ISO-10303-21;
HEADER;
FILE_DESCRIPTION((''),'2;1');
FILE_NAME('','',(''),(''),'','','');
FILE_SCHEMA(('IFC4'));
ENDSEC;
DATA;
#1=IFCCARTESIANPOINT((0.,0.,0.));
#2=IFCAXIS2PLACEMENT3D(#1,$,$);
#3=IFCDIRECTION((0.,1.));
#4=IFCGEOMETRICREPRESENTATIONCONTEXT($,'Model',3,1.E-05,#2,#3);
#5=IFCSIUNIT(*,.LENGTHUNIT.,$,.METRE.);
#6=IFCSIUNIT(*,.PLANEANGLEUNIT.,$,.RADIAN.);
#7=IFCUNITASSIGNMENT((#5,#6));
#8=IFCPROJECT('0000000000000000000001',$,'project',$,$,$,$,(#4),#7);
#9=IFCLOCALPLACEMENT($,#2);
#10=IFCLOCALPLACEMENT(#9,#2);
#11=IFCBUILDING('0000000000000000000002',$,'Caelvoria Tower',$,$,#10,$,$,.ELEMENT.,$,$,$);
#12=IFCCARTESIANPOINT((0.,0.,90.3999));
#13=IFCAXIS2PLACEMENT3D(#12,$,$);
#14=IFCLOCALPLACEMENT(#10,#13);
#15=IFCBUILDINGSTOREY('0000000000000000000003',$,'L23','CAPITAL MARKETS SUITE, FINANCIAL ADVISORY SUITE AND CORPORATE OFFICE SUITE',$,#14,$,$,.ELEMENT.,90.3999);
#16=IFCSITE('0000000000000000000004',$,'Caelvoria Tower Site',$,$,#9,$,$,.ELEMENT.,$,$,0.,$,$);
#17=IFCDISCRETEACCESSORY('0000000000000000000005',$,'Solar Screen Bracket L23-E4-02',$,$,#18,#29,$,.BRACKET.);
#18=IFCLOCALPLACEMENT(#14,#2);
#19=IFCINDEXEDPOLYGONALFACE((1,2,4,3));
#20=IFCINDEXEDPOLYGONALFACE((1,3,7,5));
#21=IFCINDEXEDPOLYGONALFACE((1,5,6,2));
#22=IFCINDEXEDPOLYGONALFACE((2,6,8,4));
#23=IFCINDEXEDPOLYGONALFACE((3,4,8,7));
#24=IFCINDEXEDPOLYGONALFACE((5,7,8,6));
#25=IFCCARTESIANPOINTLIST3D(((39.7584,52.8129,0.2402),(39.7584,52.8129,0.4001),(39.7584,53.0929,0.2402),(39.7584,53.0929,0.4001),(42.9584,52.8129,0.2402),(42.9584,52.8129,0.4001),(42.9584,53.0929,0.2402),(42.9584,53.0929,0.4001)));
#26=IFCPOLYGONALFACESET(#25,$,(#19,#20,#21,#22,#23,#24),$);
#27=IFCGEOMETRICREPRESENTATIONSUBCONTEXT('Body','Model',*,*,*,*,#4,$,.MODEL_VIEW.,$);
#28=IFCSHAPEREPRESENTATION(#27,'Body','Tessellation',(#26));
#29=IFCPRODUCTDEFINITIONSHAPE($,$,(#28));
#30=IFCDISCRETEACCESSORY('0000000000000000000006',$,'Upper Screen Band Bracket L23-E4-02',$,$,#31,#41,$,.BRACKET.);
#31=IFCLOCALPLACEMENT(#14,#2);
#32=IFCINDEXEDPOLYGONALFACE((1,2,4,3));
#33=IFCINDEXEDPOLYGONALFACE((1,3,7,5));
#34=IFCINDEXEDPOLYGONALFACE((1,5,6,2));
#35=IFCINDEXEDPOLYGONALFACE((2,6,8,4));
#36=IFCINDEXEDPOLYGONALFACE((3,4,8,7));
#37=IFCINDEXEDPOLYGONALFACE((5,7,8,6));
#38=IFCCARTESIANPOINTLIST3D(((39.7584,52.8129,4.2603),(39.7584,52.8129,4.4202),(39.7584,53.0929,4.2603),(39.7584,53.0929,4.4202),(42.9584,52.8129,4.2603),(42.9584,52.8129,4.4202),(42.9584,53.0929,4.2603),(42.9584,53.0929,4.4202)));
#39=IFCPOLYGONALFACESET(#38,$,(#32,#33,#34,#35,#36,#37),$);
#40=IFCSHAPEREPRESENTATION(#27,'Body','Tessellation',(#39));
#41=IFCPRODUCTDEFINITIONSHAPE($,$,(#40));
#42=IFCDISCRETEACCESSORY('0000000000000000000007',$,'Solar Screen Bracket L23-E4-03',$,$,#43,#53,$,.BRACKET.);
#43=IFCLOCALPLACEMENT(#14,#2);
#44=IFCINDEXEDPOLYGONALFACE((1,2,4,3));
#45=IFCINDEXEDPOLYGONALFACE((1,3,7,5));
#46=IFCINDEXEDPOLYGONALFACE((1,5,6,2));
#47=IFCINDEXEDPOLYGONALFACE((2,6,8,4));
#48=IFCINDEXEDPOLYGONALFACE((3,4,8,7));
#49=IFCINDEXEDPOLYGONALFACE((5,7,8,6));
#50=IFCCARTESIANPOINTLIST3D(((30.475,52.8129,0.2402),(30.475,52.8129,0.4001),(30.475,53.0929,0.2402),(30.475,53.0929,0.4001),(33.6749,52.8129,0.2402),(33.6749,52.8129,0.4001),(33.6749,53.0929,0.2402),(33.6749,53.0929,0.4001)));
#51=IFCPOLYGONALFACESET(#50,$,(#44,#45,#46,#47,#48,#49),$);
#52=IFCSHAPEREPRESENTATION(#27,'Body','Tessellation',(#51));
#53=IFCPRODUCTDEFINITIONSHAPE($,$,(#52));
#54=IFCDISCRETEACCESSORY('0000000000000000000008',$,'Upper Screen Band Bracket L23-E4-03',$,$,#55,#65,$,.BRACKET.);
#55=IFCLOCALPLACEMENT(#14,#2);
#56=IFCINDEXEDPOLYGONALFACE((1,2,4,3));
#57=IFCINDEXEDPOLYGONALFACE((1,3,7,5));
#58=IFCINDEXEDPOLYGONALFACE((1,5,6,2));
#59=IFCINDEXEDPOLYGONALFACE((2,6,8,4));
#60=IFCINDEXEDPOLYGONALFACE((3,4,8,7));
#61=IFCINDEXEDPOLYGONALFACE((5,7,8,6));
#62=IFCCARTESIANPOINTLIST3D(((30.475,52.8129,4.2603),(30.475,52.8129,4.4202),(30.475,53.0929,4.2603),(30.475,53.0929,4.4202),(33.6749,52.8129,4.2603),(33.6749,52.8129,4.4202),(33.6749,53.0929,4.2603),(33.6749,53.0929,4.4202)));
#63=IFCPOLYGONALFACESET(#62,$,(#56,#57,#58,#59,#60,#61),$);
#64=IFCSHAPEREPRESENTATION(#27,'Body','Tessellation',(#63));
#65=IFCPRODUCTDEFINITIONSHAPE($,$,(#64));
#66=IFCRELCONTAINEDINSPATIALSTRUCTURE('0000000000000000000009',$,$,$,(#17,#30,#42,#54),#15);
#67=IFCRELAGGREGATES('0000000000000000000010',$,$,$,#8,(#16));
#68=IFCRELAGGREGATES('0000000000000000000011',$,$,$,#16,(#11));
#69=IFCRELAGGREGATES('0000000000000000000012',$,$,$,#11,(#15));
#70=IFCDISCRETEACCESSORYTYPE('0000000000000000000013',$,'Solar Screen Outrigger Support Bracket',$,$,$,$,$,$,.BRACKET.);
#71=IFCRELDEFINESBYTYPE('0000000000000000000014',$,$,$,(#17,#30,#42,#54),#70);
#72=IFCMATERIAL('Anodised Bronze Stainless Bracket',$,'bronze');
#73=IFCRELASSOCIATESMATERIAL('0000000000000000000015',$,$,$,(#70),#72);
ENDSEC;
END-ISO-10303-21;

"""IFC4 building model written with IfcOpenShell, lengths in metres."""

from ifc_helpers import new_model, si_unit, direction, frame, origin, origin_2d, place, context, subcontext, project, spatial, rectangle, extrude, material, type_object, element, save


model = new_model("IFC4")

# Units and contexts
model_context = context("Model", 3, precision=1e-05, world=origin(), true_north=direction((0.0, 1.0)))
body_context = subcontext(model_context, "Body", "Model", "MODEL_VIEW")
ifc_project = project(units=[si_unit("LENGTHUNIT", "METRE"), si_unit("PLANEANGLEUNIT", "RADIAN")], contexts=[model_context])

# Site, building, storey
site_placement = place(None, origin())
site = spatial("IfcSite", under=ifc_project, at=site_placement, Name="Caelvoria Tower Site", CompositionType="ELEMENT", RefElevation=0.0)
building_placement = place(site_placement, origin())
building = spatial("IfcBuilding", under=site, at=building_placement, Name="Caelvoria Tower", CompositionType="ELEMENT")
storey_placement = place(building_placement, frame((0.0, 0.0, 90.3999)))
storey = spatial("IfcBuildingStorey", under=building, at=storey_placement, Name="L23", Description="CAPITAL MARKETS SUITE, FINANCIAL ADVISORY SUITE AND CORPORATE OFFICE SUITE", CompositionType="ELEMENT", Elevation=90.3999)

# Discrete accessories
ifc_material_1 = material(Name="Anodised Bronze Stainless Bracket", Category="bronze")
discrete_accessory_type = type_object("IfcDiscreteAccessoryType", Name="Solar Screen Outrigger Support Bracket", PredefinedType="BRACKET", material=ifc_material_1)
for number, where, z_axis, x_axis, name in (
    (1, (41.3584, 52.9529, 0.2402), (0.0, 0.0, 1.0), (-1.0, 0.0, 0.0), "Solar Screen Bracket L23-E4-02"),
    (2, (41.3584, 52.9529, 4.2603), (0.0, 0.0, 1.0), (-1.0, 0.0, 0.0), "Upper Screen Band Bracket L23-E4-02"),
    (3, (32.075, 52.9529, 0.2402), (0.0, 0.0, 1.0), (-1.0, 0.0, 0.0), "Solar Screen Bracket L23-E4-03"),
    (4, (32.075, 52.9529, 4.2603), (0.0, 0.0, 1.0), (-1.0, 0.0, 0.0), "Upper Screen Band Bracket L23-E4-03"),
):
    element("IfcDiscreteAccessory", number, at=place(storey_placement, frame(where, z_axis=z_axis, x_axis=x_axis)), inside=storey, type_object=discrete_accessory_type, Name=name, PredefinedType="BRACKET", context=body_context, shape_type="SweptSolid", body=[
        extrude(rectangle(XDim=3.2, YDim=0.28, at=origin_2d()), origin(), (0.0, 0.0, 1.0), 0.1599),
    ])

save(model, "model.ifc")
